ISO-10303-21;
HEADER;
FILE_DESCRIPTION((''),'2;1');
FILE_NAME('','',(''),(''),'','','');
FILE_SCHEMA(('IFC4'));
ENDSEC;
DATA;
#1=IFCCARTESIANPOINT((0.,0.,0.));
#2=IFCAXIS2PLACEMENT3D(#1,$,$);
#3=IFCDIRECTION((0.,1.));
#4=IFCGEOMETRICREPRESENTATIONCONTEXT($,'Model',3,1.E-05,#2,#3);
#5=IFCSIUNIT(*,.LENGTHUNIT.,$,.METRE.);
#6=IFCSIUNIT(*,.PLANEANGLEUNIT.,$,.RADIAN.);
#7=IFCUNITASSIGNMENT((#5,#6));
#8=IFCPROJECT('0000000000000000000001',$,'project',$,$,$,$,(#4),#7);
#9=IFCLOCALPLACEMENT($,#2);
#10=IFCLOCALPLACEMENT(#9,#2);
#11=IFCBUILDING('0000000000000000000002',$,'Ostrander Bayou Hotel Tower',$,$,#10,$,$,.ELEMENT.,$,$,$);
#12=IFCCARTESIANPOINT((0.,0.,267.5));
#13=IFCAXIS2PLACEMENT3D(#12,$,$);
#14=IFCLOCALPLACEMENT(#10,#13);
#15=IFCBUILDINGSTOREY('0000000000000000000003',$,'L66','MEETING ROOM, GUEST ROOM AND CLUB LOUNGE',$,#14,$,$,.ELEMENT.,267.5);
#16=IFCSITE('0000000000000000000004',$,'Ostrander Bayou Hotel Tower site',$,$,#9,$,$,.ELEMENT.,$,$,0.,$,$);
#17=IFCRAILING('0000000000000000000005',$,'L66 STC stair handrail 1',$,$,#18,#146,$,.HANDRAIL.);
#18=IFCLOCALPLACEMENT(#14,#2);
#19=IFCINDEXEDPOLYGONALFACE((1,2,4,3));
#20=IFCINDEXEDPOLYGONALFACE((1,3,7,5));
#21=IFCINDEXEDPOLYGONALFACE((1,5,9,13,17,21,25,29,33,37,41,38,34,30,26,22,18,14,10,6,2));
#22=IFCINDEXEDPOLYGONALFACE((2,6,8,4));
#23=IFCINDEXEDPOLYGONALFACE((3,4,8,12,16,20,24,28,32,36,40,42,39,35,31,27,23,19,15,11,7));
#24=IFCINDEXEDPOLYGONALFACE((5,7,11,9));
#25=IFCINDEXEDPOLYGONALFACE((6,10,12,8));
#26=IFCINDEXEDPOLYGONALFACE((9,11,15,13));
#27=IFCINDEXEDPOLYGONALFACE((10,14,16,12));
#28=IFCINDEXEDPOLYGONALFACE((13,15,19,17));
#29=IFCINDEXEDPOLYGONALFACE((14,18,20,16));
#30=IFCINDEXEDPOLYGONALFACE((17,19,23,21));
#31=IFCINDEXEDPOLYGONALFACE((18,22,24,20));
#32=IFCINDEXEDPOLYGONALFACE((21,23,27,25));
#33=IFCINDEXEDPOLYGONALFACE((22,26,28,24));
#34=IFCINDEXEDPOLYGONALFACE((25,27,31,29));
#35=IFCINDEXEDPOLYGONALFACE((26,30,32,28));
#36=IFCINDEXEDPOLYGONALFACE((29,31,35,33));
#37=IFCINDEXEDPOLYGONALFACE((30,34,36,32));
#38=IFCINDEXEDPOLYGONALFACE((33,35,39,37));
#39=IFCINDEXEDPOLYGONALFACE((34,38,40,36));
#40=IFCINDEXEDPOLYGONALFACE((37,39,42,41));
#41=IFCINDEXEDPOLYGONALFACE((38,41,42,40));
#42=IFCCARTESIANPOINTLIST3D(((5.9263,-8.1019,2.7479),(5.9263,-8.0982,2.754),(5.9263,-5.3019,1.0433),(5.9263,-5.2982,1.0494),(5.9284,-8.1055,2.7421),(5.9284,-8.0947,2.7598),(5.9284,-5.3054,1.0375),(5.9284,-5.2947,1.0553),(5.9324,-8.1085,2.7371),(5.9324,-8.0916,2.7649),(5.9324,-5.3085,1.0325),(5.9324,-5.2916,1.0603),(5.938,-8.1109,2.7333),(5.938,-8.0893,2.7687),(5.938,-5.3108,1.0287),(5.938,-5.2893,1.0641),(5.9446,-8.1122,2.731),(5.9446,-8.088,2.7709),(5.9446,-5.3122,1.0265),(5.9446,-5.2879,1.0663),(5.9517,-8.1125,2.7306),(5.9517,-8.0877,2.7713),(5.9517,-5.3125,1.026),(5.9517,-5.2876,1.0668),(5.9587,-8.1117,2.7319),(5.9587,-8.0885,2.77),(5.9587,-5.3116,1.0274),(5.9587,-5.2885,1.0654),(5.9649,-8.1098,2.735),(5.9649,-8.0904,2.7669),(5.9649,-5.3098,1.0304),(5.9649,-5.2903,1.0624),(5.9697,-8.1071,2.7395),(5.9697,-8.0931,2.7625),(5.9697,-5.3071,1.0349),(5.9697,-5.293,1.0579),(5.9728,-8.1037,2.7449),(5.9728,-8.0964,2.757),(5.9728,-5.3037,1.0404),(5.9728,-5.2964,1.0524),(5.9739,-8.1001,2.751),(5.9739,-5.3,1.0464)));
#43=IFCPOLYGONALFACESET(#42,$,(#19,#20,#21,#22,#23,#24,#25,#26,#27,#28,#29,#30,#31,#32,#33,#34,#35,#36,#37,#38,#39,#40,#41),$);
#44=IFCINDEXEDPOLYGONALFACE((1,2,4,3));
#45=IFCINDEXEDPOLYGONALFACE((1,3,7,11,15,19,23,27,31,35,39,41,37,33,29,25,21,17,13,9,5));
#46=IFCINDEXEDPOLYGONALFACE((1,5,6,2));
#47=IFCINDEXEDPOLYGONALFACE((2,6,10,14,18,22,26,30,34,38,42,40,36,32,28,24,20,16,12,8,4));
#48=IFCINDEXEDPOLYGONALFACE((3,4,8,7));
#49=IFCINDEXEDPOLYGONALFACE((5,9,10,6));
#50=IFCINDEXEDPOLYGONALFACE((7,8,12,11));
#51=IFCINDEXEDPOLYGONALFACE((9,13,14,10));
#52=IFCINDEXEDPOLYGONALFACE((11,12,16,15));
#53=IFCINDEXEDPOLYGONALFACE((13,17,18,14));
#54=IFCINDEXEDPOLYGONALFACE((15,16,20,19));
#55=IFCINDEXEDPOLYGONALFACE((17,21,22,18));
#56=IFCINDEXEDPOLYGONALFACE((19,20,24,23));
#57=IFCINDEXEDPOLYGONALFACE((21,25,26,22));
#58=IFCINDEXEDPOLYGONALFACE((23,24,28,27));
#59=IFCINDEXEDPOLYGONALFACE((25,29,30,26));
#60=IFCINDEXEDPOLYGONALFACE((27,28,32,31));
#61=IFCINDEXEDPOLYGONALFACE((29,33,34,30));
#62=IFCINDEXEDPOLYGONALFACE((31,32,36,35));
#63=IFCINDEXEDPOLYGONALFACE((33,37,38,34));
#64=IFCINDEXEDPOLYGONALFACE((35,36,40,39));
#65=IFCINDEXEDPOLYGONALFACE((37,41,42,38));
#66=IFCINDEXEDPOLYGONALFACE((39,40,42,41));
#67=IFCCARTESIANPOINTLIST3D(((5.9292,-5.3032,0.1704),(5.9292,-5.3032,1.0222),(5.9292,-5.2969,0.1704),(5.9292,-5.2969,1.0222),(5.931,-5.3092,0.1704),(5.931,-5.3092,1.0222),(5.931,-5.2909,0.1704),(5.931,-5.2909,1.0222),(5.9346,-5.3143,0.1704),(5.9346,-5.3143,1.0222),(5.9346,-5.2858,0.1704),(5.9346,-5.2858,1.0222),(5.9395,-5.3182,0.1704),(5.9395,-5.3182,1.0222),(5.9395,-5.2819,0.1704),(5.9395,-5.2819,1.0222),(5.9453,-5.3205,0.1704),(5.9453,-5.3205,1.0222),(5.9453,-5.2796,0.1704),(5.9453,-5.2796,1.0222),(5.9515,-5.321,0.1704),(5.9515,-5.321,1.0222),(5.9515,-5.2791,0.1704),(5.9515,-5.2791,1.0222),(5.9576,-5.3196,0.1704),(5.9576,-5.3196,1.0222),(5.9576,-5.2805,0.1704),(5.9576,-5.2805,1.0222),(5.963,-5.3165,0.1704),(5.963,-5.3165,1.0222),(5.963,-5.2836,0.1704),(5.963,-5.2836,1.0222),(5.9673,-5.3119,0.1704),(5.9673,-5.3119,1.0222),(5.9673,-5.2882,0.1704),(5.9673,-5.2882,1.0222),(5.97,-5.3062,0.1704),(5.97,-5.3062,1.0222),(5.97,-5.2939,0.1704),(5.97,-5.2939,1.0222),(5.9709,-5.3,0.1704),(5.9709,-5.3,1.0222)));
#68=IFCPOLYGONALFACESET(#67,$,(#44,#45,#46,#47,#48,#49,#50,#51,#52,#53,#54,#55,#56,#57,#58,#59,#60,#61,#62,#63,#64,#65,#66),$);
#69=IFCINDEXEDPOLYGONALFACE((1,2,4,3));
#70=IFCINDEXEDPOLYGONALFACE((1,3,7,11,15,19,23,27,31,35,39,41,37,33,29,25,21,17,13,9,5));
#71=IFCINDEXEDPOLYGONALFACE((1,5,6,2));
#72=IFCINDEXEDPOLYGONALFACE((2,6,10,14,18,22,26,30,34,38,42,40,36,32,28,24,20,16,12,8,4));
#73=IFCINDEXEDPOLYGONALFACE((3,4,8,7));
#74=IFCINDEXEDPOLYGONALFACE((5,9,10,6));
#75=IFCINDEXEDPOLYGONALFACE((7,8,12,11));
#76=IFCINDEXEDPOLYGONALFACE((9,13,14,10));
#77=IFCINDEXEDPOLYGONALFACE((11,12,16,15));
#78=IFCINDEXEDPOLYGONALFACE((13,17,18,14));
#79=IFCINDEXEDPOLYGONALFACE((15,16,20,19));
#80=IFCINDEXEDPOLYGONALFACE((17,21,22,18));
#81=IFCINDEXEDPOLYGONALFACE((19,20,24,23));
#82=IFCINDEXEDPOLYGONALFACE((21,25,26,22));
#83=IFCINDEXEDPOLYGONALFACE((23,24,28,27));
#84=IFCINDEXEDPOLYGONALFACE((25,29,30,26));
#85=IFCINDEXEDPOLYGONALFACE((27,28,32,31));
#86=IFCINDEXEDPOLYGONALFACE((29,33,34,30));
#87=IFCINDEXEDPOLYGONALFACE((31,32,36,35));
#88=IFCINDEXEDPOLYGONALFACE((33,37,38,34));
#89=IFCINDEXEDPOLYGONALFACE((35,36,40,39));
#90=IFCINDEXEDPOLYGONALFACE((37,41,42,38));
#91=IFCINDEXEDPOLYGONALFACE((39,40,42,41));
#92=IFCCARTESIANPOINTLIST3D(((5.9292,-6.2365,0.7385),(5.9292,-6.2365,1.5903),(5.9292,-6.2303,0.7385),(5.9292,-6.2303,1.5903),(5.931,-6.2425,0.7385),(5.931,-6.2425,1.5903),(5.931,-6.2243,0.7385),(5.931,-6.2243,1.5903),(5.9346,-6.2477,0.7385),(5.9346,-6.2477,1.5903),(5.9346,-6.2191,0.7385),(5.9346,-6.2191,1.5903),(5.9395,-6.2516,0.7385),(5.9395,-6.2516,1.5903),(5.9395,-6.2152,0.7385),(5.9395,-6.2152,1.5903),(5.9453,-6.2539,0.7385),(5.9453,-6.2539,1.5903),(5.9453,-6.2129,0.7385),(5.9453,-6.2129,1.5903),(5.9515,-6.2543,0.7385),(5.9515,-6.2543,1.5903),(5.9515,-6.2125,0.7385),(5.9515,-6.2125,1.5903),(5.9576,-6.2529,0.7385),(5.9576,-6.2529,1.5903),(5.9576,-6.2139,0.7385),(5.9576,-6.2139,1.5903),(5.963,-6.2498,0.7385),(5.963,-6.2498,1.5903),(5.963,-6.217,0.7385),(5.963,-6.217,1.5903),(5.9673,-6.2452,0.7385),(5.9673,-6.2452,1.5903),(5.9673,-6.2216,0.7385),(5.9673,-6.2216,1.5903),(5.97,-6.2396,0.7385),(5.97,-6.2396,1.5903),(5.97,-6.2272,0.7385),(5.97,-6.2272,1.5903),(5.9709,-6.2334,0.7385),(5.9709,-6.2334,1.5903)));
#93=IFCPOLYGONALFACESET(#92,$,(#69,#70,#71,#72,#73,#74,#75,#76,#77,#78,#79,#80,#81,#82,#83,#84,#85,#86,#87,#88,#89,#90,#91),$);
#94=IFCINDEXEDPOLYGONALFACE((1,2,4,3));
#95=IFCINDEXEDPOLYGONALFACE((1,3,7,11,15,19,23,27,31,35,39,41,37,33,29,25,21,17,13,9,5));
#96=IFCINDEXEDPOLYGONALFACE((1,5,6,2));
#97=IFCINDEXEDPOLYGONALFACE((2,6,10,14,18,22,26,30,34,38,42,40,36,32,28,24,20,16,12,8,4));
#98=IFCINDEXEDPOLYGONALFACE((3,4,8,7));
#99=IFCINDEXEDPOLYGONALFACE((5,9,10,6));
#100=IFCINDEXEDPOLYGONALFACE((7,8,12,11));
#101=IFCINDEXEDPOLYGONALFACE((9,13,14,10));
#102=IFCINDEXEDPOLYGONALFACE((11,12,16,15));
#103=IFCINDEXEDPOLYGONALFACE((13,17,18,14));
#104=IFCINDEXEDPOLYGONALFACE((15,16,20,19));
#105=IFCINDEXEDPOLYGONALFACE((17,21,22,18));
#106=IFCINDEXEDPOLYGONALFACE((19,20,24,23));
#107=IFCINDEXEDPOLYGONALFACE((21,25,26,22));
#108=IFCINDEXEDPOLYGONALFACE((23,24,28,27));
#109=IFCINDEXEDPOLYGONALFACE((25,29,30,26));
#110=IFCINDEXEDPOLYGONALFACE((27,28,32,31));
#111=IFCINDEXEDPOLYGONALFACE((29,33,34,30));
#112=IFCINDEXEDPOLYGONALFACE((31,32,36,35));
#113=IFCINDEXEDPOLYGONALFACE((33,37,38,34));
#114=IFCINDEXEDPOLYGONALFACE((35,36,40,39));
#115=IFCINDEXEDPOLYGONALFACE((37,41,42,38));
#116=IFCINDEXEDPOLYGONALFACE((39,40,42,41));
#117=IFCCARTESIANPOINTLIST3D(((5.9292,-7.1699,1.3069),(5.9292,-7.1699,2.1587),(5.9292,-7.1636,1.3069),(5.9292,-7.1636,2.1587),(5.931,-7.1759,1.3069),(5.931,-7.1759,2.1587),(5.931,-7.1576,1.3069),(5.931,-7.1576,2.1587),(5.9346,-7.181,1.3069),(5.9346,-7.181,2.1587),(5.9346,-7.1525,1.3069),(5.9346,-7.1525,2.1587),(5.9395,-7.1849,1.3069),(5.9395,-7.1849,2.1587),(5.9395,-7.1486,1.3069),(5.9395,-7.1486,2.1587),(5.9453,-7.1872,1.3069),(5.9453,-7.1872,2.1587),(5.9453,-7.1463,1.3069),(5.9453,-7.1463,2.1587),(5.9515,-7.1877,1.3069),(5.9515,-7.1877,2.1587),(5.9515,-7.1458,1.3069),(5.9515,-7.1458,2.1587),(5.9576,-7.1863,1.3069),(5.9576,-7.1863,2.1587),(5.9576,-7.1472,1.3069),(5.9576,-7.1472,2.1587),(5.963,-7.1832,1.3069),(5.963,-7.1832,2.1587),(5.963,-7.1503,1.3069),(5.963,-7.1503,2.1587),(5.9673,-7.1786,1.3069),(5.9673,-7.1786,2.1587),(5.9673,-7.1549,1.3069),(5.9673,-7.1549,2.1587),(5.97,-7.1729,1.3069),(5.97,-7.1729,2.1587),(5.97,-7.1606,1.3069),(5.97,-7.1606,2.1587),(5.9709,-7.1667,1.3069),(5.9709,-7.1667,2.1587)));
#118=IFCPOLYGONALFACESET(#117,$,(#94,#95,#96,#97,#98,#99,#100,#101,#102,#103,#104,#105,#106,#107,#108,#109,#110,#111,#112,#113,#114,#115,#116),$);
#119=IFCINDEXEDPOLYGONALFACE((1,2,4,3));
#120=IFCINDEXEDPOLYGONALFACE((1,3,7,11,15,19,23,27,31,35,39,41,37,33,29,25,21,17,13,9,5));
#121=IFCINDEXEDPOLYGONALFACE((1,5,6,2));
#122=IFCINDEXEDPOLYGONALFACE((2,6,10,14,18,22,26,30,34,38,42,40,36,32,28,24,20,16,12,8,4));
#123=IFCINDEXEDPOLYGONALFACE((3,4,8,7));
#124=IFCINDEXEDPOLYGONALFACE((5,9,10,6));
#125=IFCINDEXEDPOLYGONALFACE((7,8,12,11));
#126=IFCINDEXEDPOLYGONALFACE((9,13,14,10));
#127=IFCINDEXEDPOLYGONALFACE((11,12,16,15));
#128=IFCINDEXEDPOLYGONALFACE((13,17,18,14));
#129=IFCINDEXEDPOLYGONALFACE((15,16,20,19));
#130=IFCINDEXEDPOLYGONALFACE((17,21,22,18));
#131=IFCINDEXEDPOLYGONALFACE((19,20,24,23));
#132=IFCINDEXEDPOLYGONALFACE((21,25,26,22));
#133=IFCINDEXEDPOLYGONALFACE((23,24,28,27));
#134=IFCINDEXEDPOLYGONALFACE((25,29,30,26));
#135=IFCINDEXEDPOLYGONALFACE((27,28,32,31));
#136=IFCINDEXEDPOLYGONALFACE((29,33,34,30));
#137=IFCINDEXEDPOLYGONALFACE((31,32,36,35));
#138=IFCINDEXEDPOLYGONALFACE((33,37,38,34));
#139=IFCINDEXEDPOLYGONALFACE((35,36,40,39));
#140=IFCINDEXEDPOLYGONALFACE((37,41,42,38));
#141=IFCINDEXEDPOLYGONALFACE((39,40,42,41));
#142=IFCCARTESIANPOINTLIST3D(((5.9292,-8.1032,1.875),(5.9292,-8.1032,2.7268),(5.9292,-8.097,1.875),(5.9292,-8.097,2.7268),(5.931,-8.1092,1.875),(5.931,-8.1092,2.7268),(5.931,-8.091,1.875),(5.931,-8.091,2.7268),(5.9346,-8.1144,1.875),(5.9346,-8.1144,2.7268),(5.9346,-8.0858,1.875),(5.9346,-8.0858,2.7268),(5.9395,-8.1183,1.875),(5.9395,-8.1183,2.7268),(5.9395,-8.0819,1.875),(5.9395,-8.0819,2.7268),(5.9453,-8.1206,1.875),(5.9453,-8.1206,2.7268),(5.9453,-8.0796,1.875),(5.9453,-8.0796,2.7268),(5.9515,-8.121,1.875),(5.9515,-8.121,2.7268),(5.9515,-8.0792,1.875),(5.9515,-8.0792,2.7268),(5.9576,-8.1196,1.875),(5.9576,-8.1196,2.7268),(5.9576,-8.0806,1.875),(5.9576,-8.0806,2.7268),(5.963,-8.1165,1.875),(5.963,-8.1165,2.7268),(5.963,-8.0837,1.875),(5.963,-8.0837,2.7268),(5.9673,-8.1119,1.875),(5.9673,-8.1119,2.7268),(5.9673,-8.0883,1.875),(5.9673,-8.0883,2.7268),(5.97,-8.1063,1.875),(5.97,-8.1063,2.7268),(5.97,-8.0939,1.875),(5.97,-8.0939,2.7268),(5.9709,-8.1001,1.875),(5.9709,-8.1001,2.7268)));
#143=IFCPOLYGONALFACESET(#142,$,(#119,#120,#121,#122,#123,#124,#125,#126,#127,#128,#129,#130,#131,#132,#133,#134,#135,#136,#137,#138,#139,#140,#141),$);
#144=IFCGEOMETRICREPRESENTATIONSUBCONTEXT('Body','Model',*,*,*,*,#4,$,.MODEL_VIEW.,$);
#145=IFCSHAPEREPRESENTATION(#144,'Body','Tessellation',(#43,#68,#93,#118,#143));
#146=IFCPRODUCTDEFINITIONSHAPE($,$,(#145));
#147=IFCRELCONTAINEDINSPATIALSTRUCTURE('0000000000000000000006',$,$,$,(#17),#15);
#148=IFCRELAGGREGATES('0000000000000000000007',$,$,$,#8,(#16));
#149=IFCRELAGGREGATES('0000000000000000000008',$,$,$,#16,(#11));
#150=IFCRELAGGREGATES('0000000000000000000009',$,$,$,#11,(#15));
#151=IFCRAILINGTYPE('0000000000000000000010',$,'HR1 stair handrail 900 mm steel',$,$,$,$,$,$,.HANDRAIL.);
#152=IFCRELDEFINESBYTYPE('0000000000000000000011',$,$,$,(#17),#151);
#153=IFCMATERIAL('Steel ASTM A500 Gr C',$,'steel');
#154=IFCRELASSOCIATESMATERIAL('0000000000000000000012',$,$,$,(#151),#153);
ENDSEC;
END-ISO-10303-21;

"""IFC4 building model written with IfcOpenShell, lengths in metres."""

from ifc_helpers import new_model, si_unit, direction, frame, origin, origin_2d, place, context, subcontext, project, spatial, circle, extrude, material, type_object, element, save


model = new_model("IFC4")

# Units and contexts
model_context = context("Model", 3, precision=1e-05, world=origin(), true_north=direction((0.0, 1.0)))
body_context = subcontext(model_context, "Body", "Model", "MODEL_VIEW")
ifc_project = project(units=[si_unit("LENGTHUNIT", "METRE"), si_unit("PLANEANGLEUNIT", "RADIAN")], contexts=[model_context])

# Site, building, storey
site_placement = place(None, origin())
site = spatial("IfcSite", under=ifc_project, at=site_placement, Name="Ostrander Bayou Hotel Tower site", CompositionType="ELEMENT", RefElevation=0.0)
building_placement = place(site_placement, origin())
building = spatial("IfcBuilding", under=site, at=building_placement, Name="Ostrander Bayou Hotel Tower", CompositionType="ELEMENT")
storey_placement = place(building_placement, frame((0.0, 0.0, 267.5)))
storey = spatial("IfcBuildingStorey", under=building, at=storey_placement, Name="L66", Description="MEETING ROOM, GUEST ROOM AND CLUB LOUNGE", CompositionType="ELEMENT", Elevation=267.5)

# Railing
ifc_material_1 = material(Name="Steel ASTM A500 Gr C", Category="steel")
railing_type_1 = type_object("IfcRailingType", Name="HR1 stair handrail 900 mm steel", PredefinedType="HANDRAIL", material=ifc_material_1)
railing_1_placement = place(storey_placement, frame((5.95, -5.3, 0.1704)))
element("IfcRailing", 1, at=railing_1_placement, inside=storey, type_object=railing_type_1, Name="L66 STC stair handrail 1", PredefinedType="HANDRAIL", context=body_context, shape_type="SweptSolid", body=[
    extrude(circle(Radius=0.0239, at=origin_2d()), frame((0.0, 0.0, 0.876), z_axis=(0.0, -0.85417, 0.519994), x_axis=(1.0, 0.0, 0.0)), (0.0, 0.0, 1.0), 3.2781),
    extrude(circle(Radius=0.021, at=origin_2d()), origin(), (0.0, 0.0, 1.0), 0.8518),
    extrude(circle(Radius=0.021, at=origin_2d()), frame((0.0, -0.9333, 0.5681)), (0.0, 0.0, 1.0), 0.8518),
    extrude(circle(Radius=0.021, at=origin_2d()), frame((0.0, -1.8667, 1.1365)), (0.0, 0.0, 1.0), 0.8518),
    extrude(circle(Radius=0.021, at=origin_2d()), frame((0.0, -2.8, 1.7046)), (0.0, 0.0, 1.0), 0.8518),
])

save(model, "model.ifc")
